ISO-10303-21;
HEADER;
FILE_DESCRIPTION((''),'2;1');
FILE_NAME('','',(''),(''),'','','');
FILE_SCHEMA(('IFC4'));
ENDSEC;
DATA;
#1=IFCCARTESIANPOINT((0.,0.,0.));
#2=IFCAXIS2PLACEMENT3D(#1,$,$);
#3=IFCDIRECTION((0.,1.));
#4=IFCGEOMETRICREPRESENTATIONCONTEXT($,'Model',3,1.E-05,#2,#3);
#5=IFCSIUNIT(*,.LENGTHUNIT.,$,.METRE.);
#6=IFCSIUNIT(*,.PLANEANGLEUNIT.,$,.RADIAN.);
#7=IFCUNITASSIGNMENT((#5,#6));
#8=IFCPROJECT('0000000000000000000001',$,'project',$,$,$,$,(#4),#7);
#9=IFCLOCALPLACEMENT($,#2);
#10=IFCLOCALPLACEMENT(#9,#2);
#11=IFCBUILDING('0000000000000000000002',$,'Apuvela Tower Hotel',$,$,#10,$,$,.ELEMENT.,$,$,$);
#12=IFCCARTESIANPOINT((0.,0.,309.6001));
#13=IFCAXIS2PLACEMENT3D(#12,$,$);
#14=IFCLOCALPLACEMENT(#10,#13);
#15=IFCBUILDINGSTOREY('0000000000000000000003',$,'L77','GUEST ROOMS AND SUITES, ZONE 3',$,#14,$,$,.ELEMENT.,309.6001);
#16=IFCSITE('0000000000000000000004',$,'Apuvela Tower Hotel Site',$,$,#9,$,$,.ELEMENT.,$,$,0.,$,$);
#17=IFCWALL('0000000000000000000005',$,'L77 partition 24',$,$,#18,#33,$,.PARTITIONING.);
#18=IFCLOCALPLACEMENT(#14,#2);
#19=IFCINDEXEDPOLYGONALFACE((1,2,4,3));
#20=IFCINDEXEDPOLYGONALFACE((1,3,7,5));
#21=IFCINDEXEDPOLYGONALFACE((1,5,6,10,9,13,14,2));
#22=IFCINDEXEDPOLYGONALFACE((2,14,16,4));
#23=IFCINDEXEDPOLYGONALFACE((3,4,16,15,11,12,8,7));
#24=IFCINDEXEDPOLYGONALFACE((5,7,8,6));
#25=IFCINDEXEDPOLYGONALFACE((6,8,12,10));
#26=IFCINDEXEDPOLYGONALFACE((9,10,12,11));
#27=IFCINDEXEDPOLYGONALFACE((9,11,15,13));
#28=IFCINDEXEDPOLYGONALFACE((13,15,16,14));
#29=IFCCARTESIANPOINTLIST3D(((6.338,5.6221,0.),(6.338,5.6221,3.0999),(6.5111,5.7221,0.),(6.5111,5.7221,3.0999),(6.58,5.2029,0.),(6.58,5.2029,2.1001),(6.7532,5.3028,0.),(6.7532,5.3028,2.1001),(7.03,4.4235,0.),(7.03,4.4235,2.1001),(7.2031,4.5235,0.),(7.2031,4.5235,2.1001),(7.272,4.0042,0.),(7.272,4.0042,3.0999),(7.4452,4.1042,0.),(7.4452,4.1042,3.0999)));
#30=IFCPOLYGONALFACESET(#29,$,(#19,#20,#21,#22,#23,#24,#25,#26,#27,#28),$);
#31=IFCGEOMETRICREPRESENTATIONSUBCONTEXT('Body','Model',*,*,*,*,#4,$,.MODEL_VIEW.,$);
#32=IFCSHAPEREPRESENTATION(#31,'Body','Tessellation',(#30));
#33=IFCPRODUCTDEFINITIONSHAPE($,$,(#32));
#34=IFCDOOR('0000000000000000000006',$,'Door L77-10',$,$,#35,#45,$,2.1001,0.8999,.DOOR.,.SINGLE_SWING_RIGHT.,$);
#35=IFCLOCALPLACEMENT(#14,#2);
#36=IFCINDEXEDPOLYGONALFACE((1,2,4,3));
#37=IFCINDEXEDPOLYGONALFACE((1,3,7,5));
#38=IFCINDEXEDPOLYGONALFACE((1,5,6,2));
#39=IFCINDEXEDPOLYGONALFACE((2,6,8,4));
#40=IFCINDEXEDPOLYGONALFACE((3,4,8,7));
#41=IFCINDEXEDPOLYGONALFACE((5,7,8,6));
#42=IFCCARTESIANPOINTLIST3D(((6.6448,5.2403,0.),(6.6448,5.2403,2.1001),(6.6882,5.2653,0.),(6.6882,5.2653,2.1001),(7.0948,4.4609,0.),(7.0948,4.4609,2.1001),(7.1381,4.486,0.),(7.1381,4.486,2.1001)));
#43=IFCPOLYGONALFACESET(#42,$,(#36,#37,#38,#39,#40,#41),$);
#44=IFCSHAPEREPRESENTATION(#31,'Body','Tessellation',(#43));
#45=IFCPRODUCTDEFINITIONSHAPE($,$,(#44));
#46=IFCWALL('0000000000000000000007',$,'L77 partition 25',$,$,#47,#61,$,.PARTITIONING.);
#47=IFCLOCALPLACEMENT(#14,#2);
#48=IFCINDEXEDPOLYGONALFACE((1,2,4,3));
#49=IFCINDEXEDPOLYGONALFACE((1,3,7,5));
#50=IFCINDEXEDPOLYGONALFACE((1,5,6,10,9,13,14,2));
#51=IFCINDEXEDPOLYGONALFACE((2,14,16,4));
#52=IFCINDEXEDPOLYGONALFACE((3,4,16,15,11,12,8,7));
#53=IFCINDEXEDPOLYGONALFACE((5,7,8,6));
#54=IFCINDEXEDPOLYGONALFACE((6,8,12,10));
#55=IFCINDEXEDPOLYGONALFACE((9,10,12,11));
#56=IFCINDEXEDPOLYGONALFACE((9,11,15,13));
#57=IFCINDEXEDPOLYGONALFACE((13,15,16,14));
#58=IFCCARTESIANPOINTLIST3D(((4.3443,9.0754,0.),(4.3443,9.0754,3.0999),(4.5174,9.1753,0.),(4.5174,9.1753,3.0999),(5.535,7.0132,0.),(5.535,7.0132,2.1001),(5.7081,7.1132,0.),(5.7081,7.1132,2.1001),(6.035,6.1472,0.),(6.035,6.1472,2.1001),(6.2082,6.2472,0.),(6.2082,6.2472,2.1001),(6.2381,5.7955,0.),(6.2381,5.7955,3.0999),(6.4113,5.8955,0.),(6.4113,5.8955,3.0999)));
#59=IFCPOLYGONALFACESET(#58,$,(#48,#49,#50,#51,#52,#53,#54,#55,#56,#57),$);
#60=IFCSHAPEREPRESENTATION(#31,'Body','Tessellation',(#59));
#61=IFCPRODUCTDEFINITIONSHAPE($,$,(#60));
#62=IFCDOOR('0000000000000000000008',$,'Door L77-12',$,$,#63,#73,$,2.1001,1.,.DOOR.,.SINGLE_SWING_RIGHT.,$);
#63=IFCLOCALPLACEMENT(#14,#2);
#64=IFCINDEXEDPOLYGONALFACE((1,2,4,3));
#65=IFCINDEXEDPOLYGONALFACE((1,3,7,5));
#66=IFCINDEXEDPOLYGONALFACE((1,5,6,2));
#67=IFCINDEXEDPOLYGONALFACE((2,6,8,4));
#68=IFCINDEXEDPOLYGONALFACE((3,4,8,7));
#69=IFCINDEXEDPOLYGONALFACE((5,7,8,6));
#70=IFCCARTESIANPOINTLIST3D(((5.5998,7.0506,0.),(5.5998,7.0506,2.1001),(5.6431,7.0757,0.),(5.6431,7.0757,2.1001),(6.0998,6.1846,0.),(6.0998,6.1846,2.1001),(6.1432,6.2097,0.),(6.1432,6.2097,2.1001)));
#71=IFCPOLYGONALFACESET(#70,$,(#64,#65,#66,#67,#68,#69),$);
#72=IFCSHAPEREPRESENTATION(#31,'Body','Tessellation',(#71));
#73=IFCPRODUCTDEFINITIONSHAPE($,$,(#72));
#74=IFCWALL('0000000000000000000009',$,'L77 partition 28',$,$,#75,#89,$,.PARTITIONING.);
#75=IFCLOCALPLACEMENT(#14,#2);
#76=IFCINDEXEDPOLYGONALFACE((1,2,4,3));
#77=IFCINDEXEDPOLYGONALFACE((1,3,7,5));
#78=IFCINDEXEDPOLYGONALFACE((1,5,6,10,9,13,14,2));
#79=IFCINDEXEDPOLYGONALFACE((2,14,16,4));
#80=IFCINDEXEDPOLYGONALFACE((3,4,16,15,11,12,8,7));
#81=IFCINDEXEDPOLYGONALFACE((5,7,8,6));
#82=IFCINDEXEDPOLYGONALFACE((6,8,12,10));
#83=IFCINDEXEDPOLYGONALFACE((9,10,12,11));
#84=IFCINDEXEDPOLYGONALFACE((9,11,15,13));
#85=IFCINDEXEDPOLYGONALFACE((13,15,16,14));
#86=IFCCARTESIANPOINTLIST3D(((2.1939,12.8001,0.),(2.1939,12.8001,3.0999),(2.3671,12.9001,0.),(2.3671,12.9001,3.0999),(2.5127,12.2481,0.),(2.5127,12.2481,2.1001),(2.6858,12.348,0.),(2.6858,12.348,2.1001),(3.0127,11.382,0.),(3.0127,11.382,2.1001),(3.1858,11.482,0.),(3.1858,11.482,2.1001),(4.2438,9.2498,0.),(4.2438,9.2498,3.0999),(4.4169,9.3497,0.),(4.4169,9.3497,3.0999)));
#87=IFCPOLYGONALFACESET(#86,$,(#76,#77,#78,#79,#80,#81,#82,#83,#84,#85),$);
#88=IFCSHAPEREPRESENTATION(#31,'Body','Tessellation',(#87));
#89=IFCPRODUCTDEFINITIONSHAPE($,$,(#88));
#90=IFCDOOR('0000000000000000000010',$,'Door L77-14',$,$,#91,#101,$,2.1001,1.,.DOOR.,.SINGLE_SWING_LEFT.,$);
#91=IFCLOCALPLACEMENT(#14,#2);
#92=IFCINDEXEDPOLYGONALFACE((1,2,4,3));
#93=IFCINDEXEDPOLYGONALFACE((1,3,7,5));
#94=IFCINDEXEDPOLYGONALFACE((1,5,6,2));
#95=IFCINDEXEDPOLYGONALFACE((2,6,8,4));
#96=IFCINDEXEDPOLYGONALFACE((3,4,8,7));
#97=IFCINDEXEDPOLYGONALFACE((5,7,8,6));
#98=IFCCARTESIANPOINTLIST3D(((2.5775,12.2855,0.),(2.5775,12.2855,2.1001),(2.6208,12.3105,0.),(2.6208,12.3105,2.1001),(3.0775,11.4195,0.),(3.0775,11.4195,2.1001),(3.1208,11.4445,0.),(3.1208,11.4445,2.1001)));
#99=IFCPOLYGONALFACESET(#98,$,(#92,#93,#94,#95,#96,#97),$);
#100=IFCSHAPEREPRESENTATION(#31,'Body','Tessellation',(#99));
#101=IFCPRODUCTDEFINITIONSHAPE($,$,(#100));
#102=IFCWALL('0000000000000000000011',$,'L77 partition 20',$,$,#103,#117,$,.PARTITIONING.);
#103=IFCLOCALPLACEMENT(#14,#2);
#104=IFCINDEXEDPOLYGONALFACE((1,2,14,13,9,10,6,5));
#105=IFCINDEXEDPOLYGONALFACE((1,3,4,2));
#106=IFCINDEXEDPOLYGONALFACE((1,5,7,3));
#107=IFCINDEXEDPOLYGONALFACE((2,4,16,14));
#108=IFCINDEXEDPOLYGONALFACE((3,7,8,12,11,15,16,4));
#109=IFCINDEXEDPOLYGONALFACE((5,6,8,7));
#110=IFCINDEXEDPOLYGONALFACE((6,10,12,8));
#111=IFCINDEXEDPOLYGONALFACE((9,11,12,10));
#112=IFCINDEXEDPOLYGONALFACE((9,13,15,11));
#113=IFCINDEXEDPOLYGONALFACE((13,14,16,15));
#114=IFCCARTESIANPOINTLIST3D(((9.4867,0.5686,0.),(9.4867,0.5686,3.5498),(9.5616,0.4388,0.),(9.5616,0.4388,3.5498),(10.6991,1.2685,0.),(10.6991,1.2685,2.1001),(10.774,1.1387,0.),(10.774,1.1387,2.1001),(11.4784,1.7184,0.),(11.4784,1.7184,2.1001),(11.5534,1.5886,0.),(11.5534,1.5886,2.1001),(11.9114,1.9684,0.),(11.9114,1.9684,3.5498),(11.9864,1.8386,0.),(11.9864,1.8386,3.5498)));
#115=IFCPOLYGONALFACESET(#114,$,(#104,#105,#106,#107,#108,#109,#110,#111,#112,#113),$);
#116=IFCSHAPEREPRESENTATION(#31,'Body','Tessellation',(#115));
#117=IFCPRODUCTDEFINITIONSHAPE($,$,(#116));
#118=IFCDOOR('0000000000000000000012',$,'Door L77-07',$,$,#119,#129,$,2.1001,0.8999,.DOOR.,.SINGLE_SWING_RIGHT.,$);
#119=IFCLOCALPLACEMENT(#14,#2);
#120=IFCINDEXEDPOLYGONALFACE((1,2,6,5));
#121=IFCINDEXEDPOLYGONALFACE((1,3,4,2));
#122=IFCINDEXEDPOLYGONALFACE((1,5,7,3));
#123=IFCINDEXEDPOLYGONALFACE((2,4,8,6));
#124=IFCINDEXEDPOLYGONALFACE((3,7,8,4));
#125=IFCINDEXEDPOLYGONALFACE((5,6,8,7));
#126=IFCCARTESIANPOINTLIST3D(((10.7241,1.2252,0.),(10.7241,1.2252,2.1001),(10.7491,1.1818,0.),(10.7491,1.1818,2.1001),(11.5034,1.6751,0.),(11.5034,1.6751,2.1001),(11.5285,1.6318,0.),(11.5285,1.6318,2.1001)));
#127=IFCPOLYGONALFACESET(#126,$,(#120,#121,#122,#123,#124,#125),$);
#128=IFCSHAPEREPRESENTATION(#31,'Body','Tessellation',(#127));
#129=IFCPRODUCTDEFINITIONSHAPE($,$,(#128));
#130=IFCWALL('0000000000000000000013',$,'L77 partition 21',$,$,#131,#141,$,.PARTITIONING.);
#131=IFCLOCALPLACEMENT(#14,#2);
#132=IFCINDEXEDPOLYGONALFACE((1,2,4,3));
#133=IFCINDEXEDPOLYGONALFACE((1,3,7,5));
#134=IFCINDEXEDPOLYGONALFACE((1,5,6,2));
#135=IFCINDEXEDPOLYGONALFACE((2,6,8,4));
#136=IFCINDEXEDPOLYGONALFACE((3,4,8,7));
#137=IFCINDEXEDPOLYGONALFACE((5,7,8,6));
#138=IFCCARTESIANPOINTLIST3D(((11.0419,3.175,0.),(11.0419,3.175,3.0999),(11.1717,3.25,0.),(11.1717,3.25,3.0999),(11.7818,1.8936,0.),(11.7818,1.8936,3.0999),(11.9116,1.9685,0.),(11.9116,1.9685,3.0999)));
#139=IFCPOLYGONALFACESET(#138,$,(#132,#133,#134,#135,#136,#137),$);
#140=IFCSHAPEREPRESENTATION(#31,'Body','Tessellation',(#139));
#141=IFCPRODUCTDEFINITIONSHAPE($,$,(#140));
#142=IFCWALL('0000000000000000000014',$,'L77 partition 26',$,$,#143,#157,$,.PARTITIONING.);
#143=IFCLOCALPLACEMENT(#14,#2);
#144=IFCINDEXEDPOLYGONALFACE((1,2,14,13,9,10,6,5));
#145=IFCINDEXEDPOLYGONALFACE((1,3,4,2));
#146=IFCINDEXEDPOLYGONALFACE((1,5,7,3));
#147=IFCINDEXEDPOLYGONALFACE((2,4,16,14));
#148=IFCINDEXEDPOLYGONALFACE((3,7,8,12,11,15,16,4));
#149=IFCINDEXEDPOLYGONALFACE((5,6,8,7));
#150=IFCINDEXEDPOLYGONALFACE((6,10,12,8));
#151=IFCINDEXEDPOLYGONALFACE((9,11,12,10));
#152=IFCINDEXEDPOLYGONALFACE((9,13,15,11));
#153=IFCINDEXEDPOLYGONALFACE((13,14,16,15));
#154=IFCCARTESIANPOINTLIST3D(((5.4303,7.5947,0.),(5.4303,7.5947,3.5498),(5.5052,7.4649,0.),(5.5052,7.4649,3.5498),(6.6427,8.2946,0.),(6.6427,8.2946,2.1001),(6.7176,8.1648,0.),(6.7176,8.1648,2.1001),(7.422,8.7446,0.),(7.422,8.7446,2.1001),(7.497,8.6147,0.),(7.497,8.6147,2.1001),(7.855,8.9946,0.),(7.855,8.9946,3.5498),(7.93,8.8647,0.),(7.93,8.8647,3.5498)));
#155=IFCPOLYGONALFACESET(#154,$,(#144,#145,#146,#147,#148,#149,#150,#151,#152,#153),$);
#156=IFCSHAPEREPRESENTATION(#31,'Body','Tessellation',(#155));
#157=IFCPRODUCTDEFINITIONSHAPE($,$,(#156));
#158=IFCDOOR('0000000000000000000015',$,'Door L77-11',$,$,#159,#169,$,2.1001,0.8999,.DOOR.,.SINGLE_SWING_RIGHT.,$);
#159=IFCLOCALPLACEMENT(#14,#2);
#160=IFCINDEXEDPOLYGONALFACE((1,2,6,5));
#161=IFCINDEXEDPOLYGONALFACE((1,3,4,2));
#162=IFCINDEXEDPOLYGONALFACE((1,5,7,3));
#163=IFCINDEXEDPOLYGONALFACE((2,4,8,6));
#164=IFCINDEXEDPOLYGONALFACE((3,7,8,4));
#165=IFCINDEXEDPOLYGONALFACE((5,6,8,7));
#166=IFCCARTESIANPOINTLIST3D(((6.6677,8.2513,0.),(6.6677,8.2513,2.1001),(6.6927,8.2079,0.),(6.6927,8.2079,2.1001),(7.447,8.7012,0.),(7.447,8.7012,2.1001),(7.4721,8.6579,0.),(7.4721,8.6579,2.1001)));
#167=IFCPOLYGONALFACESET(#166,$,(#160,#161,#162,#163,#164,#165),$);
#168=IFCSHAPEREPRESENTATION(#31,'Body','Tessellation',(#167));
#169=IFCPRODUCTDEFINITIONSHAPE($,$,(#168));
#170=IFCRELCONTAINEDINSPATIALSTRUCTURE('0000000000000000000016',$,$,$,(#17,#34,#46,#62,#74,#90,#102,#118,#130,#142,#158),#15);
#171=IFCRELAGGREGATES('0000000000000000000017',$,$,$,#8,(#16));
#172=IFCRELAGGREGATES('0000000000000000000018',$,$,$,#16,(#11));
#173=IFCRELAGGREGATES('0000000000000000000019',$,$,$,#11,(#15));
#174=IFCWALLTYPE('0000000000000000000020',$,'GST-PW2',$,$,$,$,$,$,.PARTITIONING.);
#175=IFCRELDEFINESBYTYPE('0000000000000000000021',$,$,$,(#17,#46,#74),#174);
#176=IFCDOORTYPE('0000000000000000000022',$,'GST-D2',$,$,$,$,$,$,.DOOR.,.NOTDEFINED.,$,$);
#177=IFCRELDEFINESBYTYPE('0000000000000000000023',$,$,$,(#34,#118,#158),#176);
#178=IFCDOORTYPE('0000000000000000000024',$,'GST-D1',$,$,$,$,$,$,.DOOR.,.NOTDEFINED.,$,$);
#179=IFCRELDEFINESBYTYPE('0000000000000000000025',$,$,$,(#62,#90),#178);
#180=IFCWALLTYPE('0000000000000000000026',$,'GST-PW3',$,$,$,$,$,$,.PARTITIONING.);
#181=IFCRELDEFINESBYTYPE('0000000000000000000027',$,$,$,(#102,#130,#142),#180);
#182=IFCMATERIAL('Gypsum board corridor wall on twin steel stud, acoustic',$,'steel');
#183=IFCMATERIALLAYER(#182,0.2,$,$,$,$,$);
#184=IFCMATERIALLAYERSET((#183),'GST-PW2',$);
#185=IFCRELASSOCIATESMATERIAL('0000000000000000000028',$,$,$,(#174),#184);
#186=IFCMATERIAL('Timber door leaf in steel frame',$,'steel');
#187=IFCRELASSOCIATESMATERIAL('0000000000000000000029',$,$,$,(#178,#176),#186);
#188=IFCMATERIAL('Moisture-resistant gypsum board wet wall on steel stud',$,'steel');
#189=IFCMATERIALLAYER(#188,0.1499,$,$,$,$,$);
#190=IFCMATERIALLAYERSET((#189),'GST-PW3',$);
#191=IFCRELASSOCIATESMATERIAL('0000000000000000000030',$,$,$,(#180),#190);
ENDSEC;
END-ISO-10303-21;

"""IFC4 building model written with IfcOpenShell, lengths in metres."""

from ifc_helpers import new_model, si_unit, direction, frame, frame_2d, origin, place, context, subcontext, project, spatial, rectangle, extrude, material, layer, layer_set, type_object, element, fill, save


model = new_model("IFC4")

# Units and contexts
model_context = context("Model", 3, precision=1e-05, world=origin(), true_north=direction((0.0, 1.0)))
body_context = subcontext(model_context, "Body", "Model", "MODEL_VIEW")
ifc_project = project(units=[si_unit("LENGTHUNIT", "METRE"), si_unit("PLANEANGLEUNIT", "RADIAN")], contexts=[model_context])

# Site, building, storey
site_placement = place(None, origin())
site = spatial("IfcSite", under=ifc_project, at=site_placement, Name="Apuvela Tower Hotel Site", CompositionType="ELEMENT", RefElevation=0.0)
building_placement = place(site_placement, origin())
building = spatial("IfcBuilding", under=site, at=building_placement, Name="Apuvela Tower Hotel", CompositionType="ELEMENT")
storey_placement = place(building_placement, frame((0.0, 0.0, 309.6001)))
storey = spatial("IfcBuildingStorey", under=building, at=storey_placement, Name="L77", Description="GUEST ROOMS AND SUITES, ZONE 3", CompositionType="ELEMENT", Elevation=309.6001)

# Walls, openings, doors
ifc_material_1 = material(Name="Gypsum board corridor wall on twin steel stud, acoustic", Category="steel")
ifc_layer_1 = layer(ifc_material_1, 0.2)
ifc_layer_set_1 = layer_set([ifc_layer_1], Name="GST-PW2")
wall_type_1 = type_object("IfcWallType", Name="GST-PW2", PredefinedType="PARTITIONING", material=ifc_layer_set_1)
ifc_material_2 = material(Name="Timber door leaf in steel frame", Category="steel")
door_type_1 = type_object("IfcDoorType", Name="GST-D1", OperationType="NOTDEFINED", PredefinedType="DOOR", material=ifc_material_2)
door_type_2 = type_object("IfcDoorType", Name="GST-D2", OperationType="NOTDEFINED", PredefinedType="DOOR", material=ifc_material_2)
wall_1_placement = place(storey_placement, frame((6.4246, 5.6721, 0.0), z_axis=(0.0, 0.0, 1.0), x_axis=(0.49999, -0.866031, 0.0)))
wall_1 = element("IfcWall", 1, at=wall_1_placement, inside=storey, type_object=wall_type_1, Name="L77 partition 24", PredefinedType="PARTITIONING", context=body_context, shape_type="SweptSolid", body=[
    extrude(rectangle(XDim=1.8682, YDim=0.2, at=frame_2d((0.9341, 0.0))), origin(), (0.0, 0.0, 1.0), 3.0999),
])
opening_1_placement = place(wall_1_placement, frame((0.4841, 0.0, 0.0)))
opening_1 = element("IfcOpeningElement", 2, at=opening_1_placement, cuts=wall_1, PredefinedType="OPENING", context=body_context, shape_type="SweptSolid", body=[
    extrude(rectangle(XDim=0.8999, YDim=2.1001, at=frame_2d((0.45, 1.05))), frame((0.0, 0.1099, 0.0), z_axis=(0.0, -1.0, 0.0), x_axis=(1.0, 0.0, 0.0)), (0.0, 0.0, 1.0), 0.22),
])
door_1_placement = place(opening_1_placement, origin())
door_1 = element("IfcDoor", 3, at=door_1_placement, inside=storey, type_object=door_type_2, Name="Door L77-10", OperationType="SINGLE_SWING_RIGHT", OverallHeight=2.1001, OverallWidth=0.8999, PredefinedType="DOOR", context=body_context, shape_type="SweptSolid", body=[
    extrude(rectangle(XDim=0.8999, YDim=2.1001, at=frame_2d((0.45, 1.05))), frame((0.0, 0.0249, 0.0), z_axis=(0.0, -1.0, 0.0), x_axis=(1.0, 0.0, 0.0)), (0.0, 0.0, 1.0), 0.05),
])
fill(opening_1, door_1)
wall_2_placement = place(storey_placement, frame((4.4309, 9.1252, 0.0), z_axis=(0.0, 0.0, 1.0), x_axis=(0.500042, -0.866001, 0.0)))
wall_2 = element("IfcWall", 4, at=wall_2_placement, inside=storey, type_object=wall_type_1, Name="L77 partition 25", PredefinedType="PARTITIONING", context=body_context, shape_type="SweptSolid", body=[
    extrude(rectangle(XDim=3.7874, YDim=0.2, at=frame_2d((1.8936, 0.0))), origin(), (0.0, 0.0, 1.0), 3.0999),
])
opening_2_placement = place(wall_2_placement, frame((2.3811, 0.0, 0.0)))
opening_2 = element("IfcOpeningElement", 5, at=opening_2_placement, cuts=wall_2, PredefinedType="OPENING", context=body_context, shape_type="SweptSolid", body=[
    extrude(rectangle(XDim=1.0, YDim=2.1001, at=frame_2d((0.5, 1.05))), frame((0.0, 0.1099, 0.0), z_axis=(0.0, -1.0, 0.0), x_axis=(1.0, 0.0, 0.0)), (0.0, 0.0, 1.0), 0.22),
])
door_2_placement = place(opening_2_placement, origin())
door_2 = element("IfcDoor", 6, at=door_2_placement, inside=storey, type_object=door_type_1, Name="Door L77-12", OperationType="SINGLE_SWING_RIGHT", OverallHeight=2.1001, OverallWidth=1.0, PredefinedType="DOOR", context=body_context, shape_type="SweptSolid", body=[
    extrude(rectangle(XDim=1.0, YDim=2.1001, at=frame_2d((0.5, 1.05))), frame((0.0, 0.0249, 0.0), z_axis=(0.0, -1.0, 0.0), x_axis=(1.0, 0.0, 0.0)), (0.0, 0.0, 1.0), 0.05),
])
fill(opening_2, door_2)
wall_3_placement = place(storey_placement, frame((2.2805, 12.8501, 0.0), z_axis=(0.0, 0.0, 1.0), x_axis=(0.500008, -0.866021, 0.0)))
wall_3 = element("IfcWall", 7, at=wall_3_placement, inside=storey, type_object=wall_type_1, Name="L77 partition 28", PredefinedType="PARTITIONING", context=body_context, shape_type="SweptSolid", body=[
    extrude(rectangle(XDim=4.0996, YDim=0.2, at=frame_2d((2.0498, 0.0))), origin(), (0.0, 0.0, 1.0), 3.0999),
])
opening_3_placement = place(wall_3_placement, frame((0.6375, 0.0, 0.0)))
opening_3 = element("IfcOpeningElement", 8, at=opening_3_placement, cuts=wall_3, PredefinedType="OPENING", context=body_context, shape_type="SweptSolid", body=[
    extrude(rectangle(XDim=1.0, YDim=2.1001, at=frame_2d((0.5, 1.05))), frame((0.0, 0.1099, 0.0), z_axis=(0.0, -1.0, 0.0), x_axis=(1.0, 0.0, 0.0)), (0.0, 0.0, 1.0), 0.22),
])
door_3_placement = place(opening_3_placement, origin())
door_3 = element("IfcDoor", 9, at=door_3_placement, inside=storey, type_object=door_type_1, Name="Door L77-14", OperationType="SINGLE_SWING_LEFT", OverallHeight=2.1001, OverallWidth=1.0, PredefinedType="DOOR", context=body_context, shape_type="SweptSolid", body=[
    extrude(rectangle(XDim=1.0, YDim=2.1001, at=frame_2d((0.5, 1.05))), frame((0.0, 0.0249, 0.0), z_axis=(0.0, -1.0, 0.0), x_axis=(1.0, 0.0, 0.0)), (0.0, 0.0, 1.0), 0.05),
])
fill(opening_3, door_3)
ifc_material_3 = material(Name="Moisture-resistant gypsum board wet wall on steel stud", Category="steel")
ifc_layer_2 = layer(ifc_material_3, 0.1499)
ifc_layer_set_2 = layer_set([ifc_layer_2], Name="GST-PW3")
wall_type_2 = type_object("IfcWallType", Name="GST-PW3", PredefinedType="PARTITIONING", material=ifc_layer_set_2)
wall_4_placement = place(storey_placement, frame((9.5242, 0.5037, 0.0), z_axis=(0.0, 0.0, 1.0), x_axis=(0.866035, 0.499984, 0.0)))
wall_4 = element("IfcWall", 10, at=wall_4_placement, inside=storey, type_object=wall_type_2, Name="L77 partition 20", PredefinedType="PARTITIONING", context=body_context, shape_type="SweptSolid", body=[
    extrude(rectangle(XDim=2.7998, YDim=0.1499, at=frame_2d((1.3999, 0.0))), origin(), (0.0, 0.0, 1.0), 3.5498),
])
opening_4_placement = place(wall_4_placement, frame((1.3999, 0.0, 0.0)))
opening_4 = element("IfcOpeningElement", 11, at=opening_4_placement, cuts=wall_4, PredefinedType="OPENING", context=body_context, shape_type="SweptSolid", body=[
    extrude(rectangle(XDim=0.8999, YDim=2.1001, at=frame_2d((0.45, 1.05))), frame((0.0, 0.085, 0.0), z_axis=(0.0, -1.0, 0.0), x_axis=(1.0, 0.0, 0.0)), (0.0, 0.0, 1.0), 0.1699),
])
door_4_placement = place(opening_4_placement, origin())
door_4 = element("IfcDoor", 12, at=door_4_placement, inside=storey, type_object=door_type_2, Name="Door L77-07", OperationType="SINGLE_SWING_RIGHT", OverallHeight=2.1001, OverallWidth=0.8999, PredefinedType="DOOR", context=body_context, shape_type="SweptSolid", body=[
    extrude(rectangle(XDim=0.8999, YDim=2.1001, at=frame_2d((0.45, 1.05))), frame((0.0, 0.0249, 0.0), z_axis=(0.0, -1.0, 0.0), x_axis=(1.0, 0.0, 0.0)), (0.0, 0.0, 1.0), 0.05),
])
fill(opening_4, door_4)

# Wall
wall_5_placement = place(storey_placement, frame((11.8467, 1.9312, 0.0), z_axis=(0.0, 0.0, 1.0), x_axis=(-0.50006, 0.865991, 0.0)))
element("IfcWall", 13, at=wall_5_placement, inside=storey, type_object=wall_type_2, Name="L77 partition 21", PredefinedType="PARTITIONING", context=body_context, shape_type="SweptSolid", body=[
    extrude(rectangle(XDim=1.4797, YDim=0.1499, at=frame_2d((0.7397, 0.0))), origin(), (0.0, 0.0, 1.0), 3.0999),
])

# Wall, opening, door
wall_6_placement = place(storey_placement, frame((5.4678, 7.5298, 0.0), z_axis=(0.0, 0.0, 1.0), x_axis=(0.866035, 0.499984, 0.0)))
wall_6 = element("IfcWall", 14, at=wall_6_placement, inside=storey, type_object=wall_type_2, Name="L77 partition 26", PredefinedType="PARTITIONING", context=body_context, shape_type="SweptSolid", body=[
    extrude(rectangle(XDim=2.7998, YDim=0.1499, at=frame_2d((1.3999, 0.0))), origin(), (0.0, 0.0, 1.0), 3.5498),
])
opening_5_placement = place(wall_6_placement, frame((1.3999, 0.0, 0.0)))
opening_5 = element("IfcOpeningElement", 15, at=opening_5_placement, cuts=wall_6, PredefinedType="OPENING", context=body_context, shape_type="SweptSolid", body=[
    extrude(rectangle(XDim=0.8999, YDim=2.1001, at=frame_2d((0.45, 1.05))), frame((0.0, 0.085, 0.0), z_axis=(0.0, -1.0, 0.0), x_axis=(1.0, 0.0, 0.0)), (0.0, 0.0, 1.0), 0.1699),
])
door_5_placement = place(opening_5_placement, origin())
door_5 = element("IfcDoor", 16, at=door_5_placement, inside=storey, type_object=door_type_2, Name="Door L77-11", OperationType="SINGLE_SWING_RIGHT", OverallHeight=2.1001, OverallWidth=0.8999, PredefinedType="DOOR", context=body_context, shape_type="SweptSolid", body=[
    extrude(rectangle(XDim=0.8999, YDim=2.1001, at=frame_2d((0.45, 1.05))), frame((0.0, 0.0249, 0.0), z_axis=(0.0, -1.0, 0.0), x_axis=(1.0, 0.0, 0.0)), (0.0, 0.0, 1.0), 0.05),
])
fill(opening_5, door_5)

save(model, "model.ifc")
